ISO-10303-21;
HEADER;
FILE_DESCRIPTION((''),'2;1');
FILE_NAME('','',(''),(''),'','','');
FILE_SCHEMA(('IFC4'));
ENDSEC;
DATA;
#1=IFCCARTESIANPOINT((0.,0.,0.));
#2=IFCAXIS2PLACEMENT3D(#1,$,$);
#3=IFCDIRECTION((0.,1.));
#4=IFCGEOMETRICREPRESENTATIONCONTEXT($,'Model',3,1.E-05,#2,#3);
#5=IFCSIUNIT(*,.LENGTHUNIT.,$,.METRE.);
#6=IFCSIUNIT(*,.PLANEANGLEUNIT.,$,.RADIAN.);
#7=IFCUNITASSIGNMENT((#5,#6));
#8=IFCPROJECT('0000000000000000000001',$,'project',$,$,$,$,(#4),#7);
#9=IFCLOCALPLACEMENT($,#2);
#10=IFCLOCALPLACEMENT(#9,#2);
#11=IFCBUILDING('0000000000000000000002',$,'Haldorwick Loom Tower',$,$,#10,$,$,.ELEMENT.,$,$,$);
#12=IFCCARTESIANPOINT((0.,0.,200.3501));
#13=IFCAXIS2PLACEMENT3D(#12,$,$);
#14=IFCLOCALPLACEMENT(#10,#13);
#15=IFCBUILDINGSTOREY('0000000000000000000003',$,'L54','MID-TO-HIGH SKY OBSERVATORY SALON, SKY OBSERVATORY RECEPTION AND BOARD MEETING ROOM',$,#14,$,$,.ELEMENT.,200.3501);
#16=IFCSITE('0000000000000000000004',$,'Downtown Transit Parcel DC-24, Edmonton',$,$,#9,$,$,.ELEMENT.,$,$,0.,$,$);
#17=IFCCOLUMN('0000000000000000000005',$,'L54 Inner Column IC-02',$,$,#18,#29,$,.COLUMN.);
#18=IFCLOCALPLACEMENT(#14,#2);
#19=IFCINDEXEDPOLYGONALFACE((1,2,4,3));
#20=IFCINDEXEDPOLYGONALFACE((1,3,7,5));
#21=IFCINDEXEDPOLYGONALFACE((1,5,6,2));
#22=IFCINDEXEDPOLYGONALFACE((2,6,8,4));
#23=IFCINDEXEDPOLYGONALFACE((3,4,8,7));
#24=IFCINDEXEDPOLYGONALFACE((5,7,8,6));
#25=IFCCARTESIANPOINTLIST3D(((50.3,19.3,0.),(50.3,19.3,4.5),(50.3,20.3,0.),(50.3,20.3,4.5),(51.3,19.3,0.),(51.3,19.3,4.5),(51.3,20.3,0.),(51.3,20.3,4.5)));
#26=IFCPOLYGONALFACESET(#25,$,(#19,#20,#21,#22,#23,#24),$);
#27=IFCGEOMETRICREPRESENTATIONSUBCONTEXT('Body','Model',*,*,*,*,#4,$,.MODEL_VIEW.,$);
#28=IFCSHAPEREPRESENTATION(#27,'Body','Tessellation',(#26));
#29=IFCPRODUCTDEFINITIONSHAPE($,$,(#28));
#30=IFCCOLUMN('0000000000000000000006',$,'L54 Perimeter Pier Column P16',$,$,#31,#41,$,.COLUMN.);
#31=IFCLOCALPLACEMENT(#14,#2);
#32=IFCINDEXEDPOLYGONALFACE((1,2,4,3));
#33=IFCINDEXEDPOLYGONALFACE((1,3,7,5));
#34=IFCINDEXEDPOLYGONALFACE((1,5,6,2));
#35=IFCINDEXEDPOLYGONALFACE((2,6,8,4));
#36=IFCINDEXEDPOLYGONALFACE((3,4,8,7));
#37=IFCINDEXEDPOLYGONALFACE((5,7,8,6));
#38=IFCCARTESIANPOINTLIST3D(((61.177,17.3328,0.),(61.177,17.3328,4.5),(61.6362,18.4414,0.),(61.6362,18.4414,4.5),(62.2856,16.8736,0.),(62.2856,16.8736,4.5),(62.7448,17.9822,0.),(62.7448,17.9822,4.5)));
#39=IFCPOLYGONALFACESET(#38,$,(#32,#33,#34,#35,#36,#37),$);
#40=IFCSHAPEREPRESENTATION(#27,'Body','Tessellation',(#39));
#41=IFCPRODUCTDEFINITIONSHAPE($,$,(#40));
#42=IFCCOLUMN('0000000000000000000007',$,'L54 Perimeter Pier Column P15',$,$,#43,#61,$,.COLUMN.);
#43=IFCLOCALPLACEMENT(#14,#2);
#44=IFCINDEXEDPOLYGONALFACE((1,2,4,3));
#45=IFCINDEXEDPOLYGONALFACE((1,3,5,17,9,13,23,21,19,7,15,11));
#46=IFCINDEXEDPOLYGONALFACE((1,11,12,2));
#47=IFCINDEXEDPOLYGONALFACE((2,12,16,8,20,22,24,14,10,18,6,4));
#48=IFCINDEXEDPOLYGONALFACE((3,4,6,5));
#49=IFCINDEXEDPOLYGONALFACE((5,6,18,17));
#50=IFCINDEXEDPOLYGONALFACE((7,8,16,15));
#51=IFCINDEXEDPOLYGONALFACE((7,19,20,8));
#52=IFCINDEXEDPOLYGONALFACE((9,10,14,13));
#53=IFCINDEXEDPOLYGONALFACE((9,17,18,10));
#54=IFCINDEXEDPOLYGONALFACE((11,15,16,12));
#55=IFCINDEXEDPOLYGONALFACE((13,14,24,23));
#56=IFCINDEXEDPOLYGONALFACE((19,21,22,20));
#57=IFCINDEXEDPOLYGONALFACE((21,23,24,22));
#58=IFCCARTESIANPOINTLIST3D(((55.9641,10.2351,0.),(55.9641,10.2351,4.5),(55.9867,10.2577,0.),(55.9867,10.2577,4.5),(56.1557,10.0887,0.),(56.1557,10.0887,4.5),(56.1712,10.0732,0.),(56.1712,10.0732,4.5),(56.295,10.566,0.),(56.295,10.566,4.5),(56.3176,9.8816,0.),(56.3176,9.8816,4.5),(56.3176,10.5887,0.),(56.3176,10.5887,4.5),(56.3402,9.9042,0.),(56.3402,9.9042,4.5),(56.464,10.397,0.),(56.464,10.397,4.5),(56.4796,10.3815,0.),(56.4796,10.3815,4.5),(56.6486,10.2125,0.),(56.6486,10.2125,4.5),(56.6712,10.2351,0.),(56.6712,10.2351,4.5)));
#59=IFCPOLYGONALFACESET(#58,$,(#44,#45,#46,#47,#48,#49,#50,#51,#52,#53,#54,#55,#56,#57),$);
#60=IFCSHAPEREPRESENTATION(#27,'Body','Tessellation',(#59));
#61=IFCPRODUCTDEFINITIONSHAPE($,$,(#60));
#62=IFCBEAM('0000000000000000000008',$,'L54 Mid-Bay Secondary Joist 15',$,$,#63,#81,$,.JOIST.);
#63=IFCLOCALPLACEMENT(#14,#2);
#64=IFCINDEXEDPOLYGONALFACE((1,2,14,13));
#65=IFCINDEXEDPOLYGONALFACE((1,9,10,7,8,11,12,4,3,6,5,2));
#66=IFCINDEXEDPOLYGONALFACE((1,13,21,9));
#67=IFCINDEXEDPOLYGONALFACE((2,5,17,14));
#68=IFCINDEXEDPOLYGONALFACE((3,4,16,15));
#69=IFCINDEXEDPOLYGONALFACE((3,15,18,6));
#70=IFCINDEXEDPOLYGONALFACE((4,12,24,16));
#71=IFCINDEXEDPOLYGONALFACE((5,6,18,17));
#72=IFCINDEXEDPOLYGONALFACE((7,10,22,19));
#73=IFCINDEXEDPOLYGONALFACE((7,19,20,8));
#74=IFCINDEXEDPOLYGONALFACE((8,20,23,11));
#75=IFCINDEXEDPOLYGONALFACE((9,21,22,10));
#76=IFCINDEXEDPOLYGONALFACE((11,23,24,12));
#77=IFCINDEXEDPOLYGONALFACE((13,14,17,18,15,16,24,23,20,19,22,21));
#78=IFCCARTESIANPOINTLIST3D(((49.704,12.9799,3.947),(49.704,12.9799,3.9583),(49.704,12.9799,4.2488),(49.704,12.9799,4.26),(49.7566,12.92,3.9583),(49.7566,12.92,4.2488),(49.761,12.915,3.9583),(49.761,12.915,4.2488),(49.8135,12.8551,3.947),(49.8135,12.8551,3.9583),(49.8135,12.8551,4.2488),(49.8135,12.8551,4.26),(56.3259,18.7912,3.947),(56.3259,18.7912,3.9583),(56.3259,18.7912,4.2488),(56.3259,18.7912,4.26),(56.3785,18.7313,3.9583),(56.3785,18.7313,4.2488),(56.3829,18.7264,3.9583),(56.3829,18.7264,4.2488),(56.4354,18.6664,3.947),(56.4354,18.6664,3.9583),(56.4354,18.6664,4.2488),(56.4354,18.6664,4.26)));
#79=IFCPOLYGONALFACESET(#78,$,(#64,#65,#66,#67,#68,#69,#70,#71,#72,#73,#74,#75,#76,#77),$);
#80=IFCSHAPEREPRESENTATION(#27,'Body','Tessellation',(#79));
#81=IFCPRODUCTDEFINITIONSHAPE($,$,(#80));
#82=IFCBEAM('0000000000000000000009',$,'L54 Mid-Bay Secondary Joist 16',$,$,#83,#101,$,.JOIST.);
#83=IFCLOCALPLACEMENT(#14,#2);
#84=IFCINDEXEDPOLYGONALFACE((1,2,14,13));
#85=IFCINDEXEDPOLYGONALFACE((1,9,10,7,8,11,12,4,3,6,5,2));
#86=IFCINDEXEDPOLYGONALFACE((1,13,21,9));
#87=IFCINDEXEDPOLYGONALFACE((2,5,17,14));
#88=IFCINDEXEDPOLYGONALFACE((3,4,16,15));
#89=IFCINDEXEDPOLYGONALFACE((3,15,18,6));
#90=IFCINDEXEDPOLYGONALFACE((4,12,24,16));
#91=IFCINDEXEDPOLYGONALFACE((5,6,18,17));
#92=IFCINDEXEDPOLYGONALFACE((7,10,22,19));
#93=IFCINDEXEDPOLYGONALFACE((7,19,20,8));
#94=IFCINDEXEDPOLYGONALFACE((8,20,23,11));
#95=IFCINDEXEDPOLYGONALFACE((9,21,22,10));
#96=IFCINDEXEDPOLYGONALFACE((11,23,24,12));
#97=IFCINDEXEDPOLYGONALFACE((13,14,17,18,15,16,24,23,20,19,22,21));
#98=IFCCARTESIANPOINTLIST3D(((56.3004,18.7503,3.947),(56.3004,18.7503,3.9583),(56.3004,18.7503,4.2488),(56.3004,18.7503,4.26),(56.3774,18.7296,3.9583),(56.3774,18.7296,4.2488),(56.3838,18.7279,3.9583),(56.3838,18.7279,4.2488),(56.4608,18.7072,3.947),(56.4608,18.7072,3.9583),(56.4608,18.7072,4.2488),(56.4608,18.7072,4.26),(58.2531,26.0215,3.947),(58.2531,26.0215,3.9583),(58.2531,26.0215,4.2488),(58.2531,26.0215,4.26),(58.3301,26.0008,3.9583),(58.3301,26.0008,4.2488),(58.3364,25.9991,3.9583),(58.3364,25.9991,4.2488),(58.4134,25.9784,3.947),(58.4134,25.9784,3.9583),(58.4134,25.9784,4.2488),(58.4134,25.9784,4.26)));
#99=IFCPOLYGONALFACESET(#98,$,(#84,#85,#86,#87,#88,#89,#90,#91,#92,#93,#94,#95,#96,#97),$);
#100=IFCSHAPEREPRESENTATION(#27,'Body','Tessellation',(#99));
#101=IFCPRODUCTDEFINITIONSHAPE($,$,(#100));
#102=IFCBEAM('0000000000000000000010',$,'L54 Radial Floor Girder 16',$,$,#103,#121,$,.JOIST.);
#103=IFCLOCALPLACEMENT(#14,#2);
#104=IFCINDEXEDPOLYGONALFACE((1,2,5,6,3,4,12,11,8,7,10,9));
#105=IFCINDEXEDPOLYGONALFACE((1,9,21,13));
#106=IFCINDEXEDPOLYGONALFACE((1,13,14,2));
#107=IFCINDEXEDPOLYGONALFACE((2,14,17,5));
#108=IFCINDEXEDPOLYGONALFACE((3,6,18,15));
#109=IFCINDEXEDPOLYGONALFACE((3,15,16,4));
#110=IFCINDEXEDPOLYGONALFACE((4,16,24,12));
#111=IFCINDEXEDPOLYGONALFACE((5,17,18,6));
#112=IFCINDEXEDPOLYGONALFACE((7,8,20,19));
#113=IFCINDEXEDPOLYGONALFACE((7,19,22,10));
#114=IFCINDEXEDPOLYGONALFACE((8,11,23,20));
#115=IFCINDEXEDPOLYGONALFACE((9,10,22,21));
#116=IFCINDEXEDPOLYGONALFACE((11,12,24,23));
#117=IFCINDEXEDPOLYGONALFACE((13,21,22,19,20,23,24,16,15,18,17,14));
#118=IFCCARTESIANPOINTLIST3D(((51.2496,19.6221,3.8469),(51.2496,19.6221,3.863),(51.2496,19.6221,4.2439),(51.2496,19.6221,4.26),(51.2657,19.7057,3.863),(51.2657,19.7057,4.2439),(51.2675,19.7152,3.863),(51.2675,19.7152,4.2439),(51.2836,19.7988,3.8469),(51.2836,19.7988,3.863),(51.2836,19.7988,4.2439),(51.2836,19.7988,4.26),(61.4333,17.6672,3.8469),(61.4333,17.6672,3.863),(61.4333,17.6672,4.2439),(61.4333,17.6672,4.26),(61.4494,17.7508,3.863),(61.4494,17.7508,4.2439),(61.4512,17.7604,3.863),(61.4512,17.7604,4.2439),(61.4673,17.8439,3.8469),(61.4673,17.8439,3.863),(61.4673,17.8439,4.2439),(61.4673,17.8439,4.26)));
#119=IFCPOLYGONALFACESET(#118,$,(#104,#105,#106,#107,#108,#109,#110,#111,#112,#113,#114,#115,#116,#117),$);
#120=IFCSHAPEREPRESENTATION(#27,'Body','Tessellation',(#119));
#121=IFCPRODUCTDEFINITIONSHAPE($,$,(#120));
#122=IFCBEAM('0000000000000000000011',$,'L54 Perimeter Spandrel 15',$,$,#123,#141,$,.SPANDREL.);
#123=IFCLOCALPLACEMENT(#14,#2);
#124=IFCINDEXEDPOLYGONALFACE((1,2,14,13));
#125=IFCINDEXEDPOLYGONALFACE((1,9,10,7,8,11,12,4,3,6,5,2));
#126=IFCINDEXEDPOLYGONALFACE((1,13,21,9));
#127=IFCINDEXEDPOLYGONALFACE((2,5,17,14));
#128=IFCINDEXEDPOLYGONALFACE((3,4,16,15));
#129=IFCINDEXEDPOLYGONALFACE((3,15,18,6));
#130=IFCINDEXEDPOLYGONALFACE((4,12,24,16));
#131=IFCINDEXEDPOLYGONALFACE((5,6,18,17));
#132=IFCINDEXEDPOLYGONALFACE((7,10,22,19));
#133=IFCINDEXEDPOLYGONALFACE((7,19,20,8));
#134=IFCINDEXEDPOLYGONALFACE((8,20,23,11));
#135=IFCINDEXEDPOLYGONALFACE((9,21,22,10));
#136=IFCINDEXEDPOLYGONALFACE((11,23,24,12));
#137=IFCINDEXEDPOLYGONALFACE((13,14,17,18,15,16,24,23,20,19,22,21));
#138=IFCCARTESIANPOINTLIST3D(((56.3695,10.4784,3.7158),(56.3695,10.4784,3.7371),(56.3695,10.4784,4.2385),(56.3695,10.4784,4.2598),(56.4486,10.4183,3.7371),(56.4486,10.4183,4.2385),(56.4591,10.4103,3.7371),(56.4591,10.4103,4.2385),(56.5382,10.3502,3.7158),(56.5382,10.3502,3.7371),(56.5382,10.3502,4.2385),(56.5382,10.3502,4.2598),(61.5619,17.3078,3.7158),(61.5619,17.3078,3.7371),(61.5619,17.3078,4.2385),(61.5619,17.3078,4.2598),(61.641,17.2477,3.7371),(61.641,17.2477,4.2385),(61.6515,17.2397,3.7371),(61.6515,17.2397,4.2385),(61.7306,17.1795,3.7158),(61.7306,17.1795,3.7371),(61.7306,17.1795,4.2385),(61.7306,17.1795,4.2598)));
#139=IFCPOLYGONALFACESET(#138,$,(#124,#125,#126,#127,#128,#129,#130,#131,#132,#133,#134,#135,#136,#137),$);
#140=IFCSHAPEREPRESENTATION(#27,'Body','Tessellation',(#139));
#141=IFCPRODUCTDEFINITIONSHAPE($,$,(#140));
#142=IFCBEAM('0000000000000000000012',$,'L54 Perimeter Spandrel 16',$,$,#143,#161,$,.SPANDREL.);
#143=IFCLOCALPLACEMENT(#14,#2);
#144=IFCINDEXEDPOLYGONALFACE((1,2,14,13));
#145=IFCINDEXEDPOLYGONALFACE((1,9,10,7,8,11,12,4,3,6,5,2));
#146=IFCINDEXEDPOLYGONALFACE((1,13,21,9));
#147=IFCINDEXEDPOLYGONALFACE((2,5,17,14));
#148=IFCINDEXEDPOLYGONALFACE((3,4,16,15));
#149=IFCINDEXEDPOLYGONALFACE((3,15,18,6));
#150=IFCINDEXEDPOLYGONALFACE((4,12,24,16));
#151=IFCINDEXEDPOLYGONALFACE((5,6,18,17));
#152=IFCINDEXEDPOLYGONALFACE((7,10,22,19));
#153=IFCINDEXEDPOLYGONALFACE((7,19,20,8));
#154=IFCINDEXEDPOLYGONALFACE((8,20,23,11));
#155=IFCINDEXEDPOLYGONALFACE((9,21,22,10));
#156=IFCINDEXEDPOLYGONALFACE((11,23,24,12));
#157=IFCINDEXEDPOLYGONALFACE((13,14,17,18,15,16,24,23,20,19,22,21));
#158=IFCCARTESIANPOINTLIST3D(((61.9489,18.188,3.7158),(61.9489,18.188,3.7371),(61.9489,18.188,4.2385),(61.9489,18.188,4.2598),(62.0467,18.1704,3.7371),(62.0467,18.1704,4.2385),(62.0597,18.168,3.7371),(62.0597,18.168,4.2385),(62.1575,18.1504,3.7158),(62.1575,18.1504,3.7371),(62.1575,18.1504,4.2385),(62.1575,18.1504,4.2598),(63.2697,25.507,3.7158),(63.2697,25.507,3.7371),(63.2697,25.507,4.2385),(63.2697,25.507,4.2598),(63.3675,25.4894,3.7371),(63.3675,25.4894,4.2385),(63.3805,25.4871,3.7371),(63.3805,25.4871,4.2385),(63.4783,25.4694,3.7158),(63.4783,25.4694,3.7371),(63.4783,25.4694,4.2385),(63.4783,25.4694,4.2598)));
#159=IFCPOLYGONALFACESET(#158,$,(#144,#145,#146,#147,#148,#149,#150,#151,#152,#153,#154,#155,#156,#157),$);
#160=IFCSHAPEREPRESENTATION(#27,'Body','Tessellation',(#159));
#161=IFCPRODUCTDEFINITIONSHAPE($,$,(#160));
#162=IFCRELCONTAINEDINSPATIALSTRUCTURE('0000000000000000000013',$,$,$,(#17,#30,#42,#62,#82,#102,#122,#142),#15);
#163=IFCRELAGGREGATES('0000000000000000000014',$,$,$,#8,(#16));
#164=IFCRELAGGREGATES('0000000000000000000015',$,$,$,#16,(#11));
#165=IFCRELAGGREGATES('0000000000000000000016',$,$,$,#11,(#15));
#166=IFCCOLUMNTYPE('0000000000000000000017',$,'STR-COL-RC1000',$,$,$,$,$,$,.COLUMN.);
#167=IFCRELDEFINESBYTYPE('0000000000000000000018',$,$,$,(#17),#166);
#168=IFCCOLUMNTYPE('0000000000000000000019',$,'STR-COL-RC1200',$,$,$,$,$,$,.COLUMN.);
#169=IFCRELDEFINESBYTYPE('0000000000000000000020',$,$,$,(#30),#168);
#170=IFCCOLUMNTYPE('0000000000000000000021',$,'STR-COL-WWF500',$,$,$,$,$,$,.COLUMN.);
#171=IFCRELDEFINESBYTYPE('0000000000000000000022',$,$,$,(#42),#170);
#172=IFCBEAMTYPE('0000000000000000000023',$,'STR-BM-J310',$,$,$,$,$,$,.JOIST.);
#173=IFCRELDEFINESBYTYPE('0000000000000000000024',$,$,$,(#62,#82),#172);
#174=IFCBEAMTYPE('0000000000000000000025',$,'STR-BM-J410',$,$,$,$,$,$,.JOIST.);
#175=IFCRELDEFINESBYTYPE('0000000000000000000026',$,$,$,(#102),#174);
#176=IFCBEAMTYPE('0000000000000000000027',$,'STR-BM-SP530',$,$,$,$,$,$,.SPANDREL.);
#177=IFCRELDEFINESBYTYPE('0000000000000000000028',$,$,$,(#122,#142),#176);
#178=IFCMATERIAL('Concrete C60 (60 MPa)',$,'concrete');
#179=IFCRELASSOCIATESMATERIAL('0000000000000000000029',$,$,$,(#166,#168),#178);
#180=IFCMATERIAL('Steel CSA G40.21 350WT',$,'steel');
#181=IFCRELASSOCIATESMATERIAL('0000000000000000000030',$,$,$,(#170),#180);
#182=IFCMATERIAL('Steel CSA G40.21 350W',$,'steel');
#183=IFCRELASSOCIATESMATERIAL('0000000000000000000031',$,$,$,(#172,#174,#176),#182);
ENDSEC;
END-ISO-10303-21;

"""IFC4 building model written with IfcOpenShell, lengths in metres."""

from ifc_helpers import new_model, si_unit, direction, frame, origin, origin_2d, place, context, subcontext, project, spatial, rectangle, i_section, extrude, material, material_profile, profile_set, type_object, element, save


model = new_model("IFC4")

# Units and contexts
model_context = context("Model", 3, precision=1e-05, world=origin(), true_north=direction((0.0, 1.0)))
body_context = subcontext(model_context, "Body", "Model", "MODEL_VIEW")
ifc_project = project(units=[si_unit("LENGTHUNIT", "METRE"), si_unit("PLANEANGLEUNIT", "RADIAN")], contexts=[model_context])

# Site, building, storey
site_placement = place(None, origin())
site = spatial("IfcSite", under=ifc_project, at=site_placement, Name="Downtown Transit Parcel DC-24, Edmonton", CompositionType="ELEMENT", RefElevation=0.0)
building_placement = place(site_placement, origin())
building = spatial("IfcBuilding", under=site, at=building_placement, Name="Haldorwick Loom Tower", CompositionType="ELEMENT")
storey_placement = place(building_placement, frame((0.0, 0.0, 200.3501)))
storey = spatial("IfcBuildingStorey", under=building, at=storey_placement, Name="L54", Description="MID-TO-HIGH SKY OBSERVATORY SALON, SKY OBSERVATORY RECEPTION AND BOARD MEETING ROOM", CompositionType="ELEMENT", Elevation=200.3501)

# Columns
ifc_material_1 = material(Name="Concrete C60 (60 MPa)", Category="concrete")
ifc_material_profile_1 = material_profile(ifc_material_1, rectangle(XDim=1.0, YDim=1.0, at=origin_2d()), Name="RC1000X1000", Category="concrete")
ifc_profile_set_1 = profile_set([ifc_material_profile_1], Name="Concrete C60 (60 MPa)")
column_type_1 = type_object("IfcColumnType", Name="STR-COL-RC1000", PredefinedType="COLUMN", material=ifc_profile_set_1)
column_1_placement = place(storey_placement, frame((50.8, 19.8, 0.0), z_axis=(0.0, 0.0, 1.0), x_axis=(1.0, 0.0, 0.0)))
element("IfcColumn", 1, at=column_1_placement, inside=storey, type_object=column_type_1, Name="L54 Inner Column IC-02", PredefinedType="COLUMN", context=body_context, shape_type="SweptSolid", body=[
    extrude(rectangle(XDim=1.0, YDim=1.0, at=origin_2d()), origin(), (0.0, 0.0, 1.0), 4.5),
])
ifc_material_profile_2 = material_profile(ifc_material_1, rectangle(XDim=1.2, YDim=1.2, at=origin_2d()), Name="RC1200X1200", Category="concrete")
ifc_profile_set_2 = profile_set([ifc_material_profile_2], Name="Concrete C60 (60 MPa)")
column_type_2 = type_object("IfcColumnType", Name="STR-COL-RC1200", PredefinedType="COLUMN", material=ifc_profile_set_2)
column_2_placement = place(storey_placement, frame((61.9609, 17.6575, 0.0), z_axis=(0.0, 0.0, 1.0), x_axis=(0.92388, -0.382683, 0.0)))
element("IfcColumn", 2, at=column_2_placement, inside=storey, type_object=column_type_2, Name="L54 Perimeter Pier Column P16", PredefinedType="COLUMN", context=body_context, shape_type="SweptSolid", body=[
    extrude(rectangle(XDim=1.2, YDim=1.2, at=origin_2d()), origin(), (0.0, 0.0, 1.0), 4.5),
])
ifc_material_2 = material(Name="Steel CSA G40.21 350WT", Category="steel")
ifc_material_profile_3 = material_profile(ifc_material_2, i_section(OverallWidth=0.5, OverallDepth=0.5, WebThickness=0.022, FlangeThickness=0.032, at=origin_2d()), Name="WWF500X500", Category="steel")
ifc_profile_set_3 = profile_set([ifc_material_profile_3], Name="Steel CSA G40.21 350WT")
column_type_3 = type_object("IfcColumnType", Name="STR-COL-WWF500", PredefinedType="COLUMN", material=ifc_profile_set_3)
column_3_placement = place(storey_placement, frame((56.3176, 10.2351, 0.0), z_axis=(0.0, 0.0, 1.0), x_axis=(0.707107, -0.707107, 0.0)))
element("IfcColumn", 3, at=column_3_placement, inside=storey, type_object=column_type_3, Name="L54 Perimeter Pier Column P15", PredefinedType="COLUMN", context=body_context, shape_type="SweptSolid", body=[
    extrude(i_section(OverallWidth=0.5, OverallDepth=0.5, WebThickness=0.022, FlangeThickness=0.032, at=origin_2d()), origin(), (0.0, 0.0, 1.0), 4.5),
])

# Beams
ifc_material_3 = material(Name="Steel CSA G40.21 350W", Category="steel")
ifc_material_profile_4 = material_profile(ifc_material_3, i_section(OverallWidth=0.166, OverallDepth=0.313, WebThickness=0.0066, FlangeThickness=0.0112, at=origin_2d()), Name="W310X45", Category="steel")
ifc_profile_set_4 = profile_set([ifc_material_profile_4], Name="Steel CSA G40.21 350W")
beam_type_1 = type_object("IfcBeamType", Name="STR-BM-J310", PredefinedType="JOIST", material=ifc_profile_set_4)
beam_1_placement = place(storey_placement, frame((49.7588, 12.9175, 4.1035), z_axis=(0.751609, 0.659608, 0.0), x_axis=(-0.659608, 0.751609, 0.0)))
element("IfcBeam", 4, at=beam_1_placement, inside=storey, type_object=beam_type_1, Name="L54 Mid-Bay Secondary Joist 15", PredefinedType="JOIST", context=body_context, shape_type="SweptSolid", body=[
    extrude(i_section(OverallWidth=0.166, OverallDepth=0.313, WebThickness=0.0066, FlangeThickness=0.0112, at=origin_2d()), origin(), (0.0, 0.0, 1.0), 8.8103),
])
beam_2_placement = place(storey_placement, frame((56.3806, 18.7288, 4.1035), z_axis=(0.259354, 0.965782, 0.0), x_axis=(-0.965782, 0.259354, 0.0)))
element("IfcBeam", 5, at=beam_2_placement, inside=storey, type_object=beam_type_1, Name="L54 Mid-Bay Secondary Joist 16", PredefinedType="JOIST", context=body_context, shape_type="SweptSolid", body=[
    extrude(i_section(OverallWidth=0.166, OverallDepth=0.313, WebThickness=0.0066, FlangeThickness=0.0112, at=origin_2d()), origin(), (0.0, 0.0, 1.0), 7.5288),
])
ifc_material_profile_5 = material_profile(ifc_material_3, i_section(OverallWidth=0.1799, OverallDepth=0.4131, WebThickness=0.0098, FlangeThickness=0.0161, at=origin_2d()), Name="W410X74", Category="steel")
ifc_profile_set_5 = profile_set([ifc_material_profile_5], Name="Steel CSA G40.21 350W")
beam_type_2 = type_object("IfcBeamType", Name="STR-BM-J410", PredefinedType="JOIST", material=ifc_profile_set_5)
beam_3_placement = place(storey_placement, frame((51.2666, 19.7104, 4.0535), z_axis=(0.98207, -0.188517, 0.0), x_axis=(0.188517, 0.98207, 0.0)))
element("IfcBeam", 6, at=beam_3_placement, inside=storey, type_object=beam_type_2, Name="L54 Radial Floor Girder 16", PredefinedType="JOIST", context=body_context, shape_type="SweptSolid", body=[
    extrude(i_section(OverallWidth=0.1799, OverallDepth=0.4131, WebThickness=0.0098, FlangeThickness=0.0161, at=origin_2d()), origin(), (0.0, 0.0, 1.0), 10.3696),
])
ifc_material_profile_6 = material_profile(ifc_material_3, i_section(OverallWidth=0.2119, OverallDepth=0.5439, WebThickness=0.0132, FlangeThickness=0.0212, at=origin_2d()), Name="W530X123", Category="steel")
ifc_profile_set_6 = profile_set([ifc_material_profile_6], Name="Steel CSA G40.21 350W")
beam_type_3 = type_object("IfcBeamType", Name="STR-BM-SP530", PredefinedType="SPANDREL", material=ifc_profile_set_6)
beam_4_placement = place(storey_placement, frame((56.4539, 10.4143, 3.9878), z_axis=(0.605237, 0.796045, 0.0), x_axis=(-0.796045, 0.605237, 0.0)))
element("IfcBeam", 7, at=beam_4_placement, inside=storey, type_object=beam_type_3, Name="L54 Perimeter Spandrel 15", PredefinedType="SPANDREL", context=body_context, shape_type="SweptSolid", body=[
    extrude(i_section(OverallWidth=0.2119, OverallDepth=0.5439, WebThickness=0.0132, FlangeThickness=0.0212, at=origin_2d()), origin(), (0.0, 0.0, 1.0), 8.5791),
])
beam_5_placement = place(storey_placement, frame((62.0532, 18.1692, 3.9878), z_axis=(0.177591, 0.984104, 0.0), x_axis=(-0.984104, 0.177591, 0.0)))
element("IfcBeam", 8, at=beam_5_placement, inside=storey, type_object=beam_type_3, Name="L54 Perimeter Spandrel 16", PredefinedType="SPANDREL", context=body_context, shape_type="SweptSolid", body=[
    extrude(i_section(OverallWidth=0.2119, OverallDepth=0.5439, WebThickness=0.0132, FlangeThickness=0.0212, at=origin_2d()), origin(), (0.0, 0.0, 1.0), 7.4373),
])

save(model, "model.ifc")
